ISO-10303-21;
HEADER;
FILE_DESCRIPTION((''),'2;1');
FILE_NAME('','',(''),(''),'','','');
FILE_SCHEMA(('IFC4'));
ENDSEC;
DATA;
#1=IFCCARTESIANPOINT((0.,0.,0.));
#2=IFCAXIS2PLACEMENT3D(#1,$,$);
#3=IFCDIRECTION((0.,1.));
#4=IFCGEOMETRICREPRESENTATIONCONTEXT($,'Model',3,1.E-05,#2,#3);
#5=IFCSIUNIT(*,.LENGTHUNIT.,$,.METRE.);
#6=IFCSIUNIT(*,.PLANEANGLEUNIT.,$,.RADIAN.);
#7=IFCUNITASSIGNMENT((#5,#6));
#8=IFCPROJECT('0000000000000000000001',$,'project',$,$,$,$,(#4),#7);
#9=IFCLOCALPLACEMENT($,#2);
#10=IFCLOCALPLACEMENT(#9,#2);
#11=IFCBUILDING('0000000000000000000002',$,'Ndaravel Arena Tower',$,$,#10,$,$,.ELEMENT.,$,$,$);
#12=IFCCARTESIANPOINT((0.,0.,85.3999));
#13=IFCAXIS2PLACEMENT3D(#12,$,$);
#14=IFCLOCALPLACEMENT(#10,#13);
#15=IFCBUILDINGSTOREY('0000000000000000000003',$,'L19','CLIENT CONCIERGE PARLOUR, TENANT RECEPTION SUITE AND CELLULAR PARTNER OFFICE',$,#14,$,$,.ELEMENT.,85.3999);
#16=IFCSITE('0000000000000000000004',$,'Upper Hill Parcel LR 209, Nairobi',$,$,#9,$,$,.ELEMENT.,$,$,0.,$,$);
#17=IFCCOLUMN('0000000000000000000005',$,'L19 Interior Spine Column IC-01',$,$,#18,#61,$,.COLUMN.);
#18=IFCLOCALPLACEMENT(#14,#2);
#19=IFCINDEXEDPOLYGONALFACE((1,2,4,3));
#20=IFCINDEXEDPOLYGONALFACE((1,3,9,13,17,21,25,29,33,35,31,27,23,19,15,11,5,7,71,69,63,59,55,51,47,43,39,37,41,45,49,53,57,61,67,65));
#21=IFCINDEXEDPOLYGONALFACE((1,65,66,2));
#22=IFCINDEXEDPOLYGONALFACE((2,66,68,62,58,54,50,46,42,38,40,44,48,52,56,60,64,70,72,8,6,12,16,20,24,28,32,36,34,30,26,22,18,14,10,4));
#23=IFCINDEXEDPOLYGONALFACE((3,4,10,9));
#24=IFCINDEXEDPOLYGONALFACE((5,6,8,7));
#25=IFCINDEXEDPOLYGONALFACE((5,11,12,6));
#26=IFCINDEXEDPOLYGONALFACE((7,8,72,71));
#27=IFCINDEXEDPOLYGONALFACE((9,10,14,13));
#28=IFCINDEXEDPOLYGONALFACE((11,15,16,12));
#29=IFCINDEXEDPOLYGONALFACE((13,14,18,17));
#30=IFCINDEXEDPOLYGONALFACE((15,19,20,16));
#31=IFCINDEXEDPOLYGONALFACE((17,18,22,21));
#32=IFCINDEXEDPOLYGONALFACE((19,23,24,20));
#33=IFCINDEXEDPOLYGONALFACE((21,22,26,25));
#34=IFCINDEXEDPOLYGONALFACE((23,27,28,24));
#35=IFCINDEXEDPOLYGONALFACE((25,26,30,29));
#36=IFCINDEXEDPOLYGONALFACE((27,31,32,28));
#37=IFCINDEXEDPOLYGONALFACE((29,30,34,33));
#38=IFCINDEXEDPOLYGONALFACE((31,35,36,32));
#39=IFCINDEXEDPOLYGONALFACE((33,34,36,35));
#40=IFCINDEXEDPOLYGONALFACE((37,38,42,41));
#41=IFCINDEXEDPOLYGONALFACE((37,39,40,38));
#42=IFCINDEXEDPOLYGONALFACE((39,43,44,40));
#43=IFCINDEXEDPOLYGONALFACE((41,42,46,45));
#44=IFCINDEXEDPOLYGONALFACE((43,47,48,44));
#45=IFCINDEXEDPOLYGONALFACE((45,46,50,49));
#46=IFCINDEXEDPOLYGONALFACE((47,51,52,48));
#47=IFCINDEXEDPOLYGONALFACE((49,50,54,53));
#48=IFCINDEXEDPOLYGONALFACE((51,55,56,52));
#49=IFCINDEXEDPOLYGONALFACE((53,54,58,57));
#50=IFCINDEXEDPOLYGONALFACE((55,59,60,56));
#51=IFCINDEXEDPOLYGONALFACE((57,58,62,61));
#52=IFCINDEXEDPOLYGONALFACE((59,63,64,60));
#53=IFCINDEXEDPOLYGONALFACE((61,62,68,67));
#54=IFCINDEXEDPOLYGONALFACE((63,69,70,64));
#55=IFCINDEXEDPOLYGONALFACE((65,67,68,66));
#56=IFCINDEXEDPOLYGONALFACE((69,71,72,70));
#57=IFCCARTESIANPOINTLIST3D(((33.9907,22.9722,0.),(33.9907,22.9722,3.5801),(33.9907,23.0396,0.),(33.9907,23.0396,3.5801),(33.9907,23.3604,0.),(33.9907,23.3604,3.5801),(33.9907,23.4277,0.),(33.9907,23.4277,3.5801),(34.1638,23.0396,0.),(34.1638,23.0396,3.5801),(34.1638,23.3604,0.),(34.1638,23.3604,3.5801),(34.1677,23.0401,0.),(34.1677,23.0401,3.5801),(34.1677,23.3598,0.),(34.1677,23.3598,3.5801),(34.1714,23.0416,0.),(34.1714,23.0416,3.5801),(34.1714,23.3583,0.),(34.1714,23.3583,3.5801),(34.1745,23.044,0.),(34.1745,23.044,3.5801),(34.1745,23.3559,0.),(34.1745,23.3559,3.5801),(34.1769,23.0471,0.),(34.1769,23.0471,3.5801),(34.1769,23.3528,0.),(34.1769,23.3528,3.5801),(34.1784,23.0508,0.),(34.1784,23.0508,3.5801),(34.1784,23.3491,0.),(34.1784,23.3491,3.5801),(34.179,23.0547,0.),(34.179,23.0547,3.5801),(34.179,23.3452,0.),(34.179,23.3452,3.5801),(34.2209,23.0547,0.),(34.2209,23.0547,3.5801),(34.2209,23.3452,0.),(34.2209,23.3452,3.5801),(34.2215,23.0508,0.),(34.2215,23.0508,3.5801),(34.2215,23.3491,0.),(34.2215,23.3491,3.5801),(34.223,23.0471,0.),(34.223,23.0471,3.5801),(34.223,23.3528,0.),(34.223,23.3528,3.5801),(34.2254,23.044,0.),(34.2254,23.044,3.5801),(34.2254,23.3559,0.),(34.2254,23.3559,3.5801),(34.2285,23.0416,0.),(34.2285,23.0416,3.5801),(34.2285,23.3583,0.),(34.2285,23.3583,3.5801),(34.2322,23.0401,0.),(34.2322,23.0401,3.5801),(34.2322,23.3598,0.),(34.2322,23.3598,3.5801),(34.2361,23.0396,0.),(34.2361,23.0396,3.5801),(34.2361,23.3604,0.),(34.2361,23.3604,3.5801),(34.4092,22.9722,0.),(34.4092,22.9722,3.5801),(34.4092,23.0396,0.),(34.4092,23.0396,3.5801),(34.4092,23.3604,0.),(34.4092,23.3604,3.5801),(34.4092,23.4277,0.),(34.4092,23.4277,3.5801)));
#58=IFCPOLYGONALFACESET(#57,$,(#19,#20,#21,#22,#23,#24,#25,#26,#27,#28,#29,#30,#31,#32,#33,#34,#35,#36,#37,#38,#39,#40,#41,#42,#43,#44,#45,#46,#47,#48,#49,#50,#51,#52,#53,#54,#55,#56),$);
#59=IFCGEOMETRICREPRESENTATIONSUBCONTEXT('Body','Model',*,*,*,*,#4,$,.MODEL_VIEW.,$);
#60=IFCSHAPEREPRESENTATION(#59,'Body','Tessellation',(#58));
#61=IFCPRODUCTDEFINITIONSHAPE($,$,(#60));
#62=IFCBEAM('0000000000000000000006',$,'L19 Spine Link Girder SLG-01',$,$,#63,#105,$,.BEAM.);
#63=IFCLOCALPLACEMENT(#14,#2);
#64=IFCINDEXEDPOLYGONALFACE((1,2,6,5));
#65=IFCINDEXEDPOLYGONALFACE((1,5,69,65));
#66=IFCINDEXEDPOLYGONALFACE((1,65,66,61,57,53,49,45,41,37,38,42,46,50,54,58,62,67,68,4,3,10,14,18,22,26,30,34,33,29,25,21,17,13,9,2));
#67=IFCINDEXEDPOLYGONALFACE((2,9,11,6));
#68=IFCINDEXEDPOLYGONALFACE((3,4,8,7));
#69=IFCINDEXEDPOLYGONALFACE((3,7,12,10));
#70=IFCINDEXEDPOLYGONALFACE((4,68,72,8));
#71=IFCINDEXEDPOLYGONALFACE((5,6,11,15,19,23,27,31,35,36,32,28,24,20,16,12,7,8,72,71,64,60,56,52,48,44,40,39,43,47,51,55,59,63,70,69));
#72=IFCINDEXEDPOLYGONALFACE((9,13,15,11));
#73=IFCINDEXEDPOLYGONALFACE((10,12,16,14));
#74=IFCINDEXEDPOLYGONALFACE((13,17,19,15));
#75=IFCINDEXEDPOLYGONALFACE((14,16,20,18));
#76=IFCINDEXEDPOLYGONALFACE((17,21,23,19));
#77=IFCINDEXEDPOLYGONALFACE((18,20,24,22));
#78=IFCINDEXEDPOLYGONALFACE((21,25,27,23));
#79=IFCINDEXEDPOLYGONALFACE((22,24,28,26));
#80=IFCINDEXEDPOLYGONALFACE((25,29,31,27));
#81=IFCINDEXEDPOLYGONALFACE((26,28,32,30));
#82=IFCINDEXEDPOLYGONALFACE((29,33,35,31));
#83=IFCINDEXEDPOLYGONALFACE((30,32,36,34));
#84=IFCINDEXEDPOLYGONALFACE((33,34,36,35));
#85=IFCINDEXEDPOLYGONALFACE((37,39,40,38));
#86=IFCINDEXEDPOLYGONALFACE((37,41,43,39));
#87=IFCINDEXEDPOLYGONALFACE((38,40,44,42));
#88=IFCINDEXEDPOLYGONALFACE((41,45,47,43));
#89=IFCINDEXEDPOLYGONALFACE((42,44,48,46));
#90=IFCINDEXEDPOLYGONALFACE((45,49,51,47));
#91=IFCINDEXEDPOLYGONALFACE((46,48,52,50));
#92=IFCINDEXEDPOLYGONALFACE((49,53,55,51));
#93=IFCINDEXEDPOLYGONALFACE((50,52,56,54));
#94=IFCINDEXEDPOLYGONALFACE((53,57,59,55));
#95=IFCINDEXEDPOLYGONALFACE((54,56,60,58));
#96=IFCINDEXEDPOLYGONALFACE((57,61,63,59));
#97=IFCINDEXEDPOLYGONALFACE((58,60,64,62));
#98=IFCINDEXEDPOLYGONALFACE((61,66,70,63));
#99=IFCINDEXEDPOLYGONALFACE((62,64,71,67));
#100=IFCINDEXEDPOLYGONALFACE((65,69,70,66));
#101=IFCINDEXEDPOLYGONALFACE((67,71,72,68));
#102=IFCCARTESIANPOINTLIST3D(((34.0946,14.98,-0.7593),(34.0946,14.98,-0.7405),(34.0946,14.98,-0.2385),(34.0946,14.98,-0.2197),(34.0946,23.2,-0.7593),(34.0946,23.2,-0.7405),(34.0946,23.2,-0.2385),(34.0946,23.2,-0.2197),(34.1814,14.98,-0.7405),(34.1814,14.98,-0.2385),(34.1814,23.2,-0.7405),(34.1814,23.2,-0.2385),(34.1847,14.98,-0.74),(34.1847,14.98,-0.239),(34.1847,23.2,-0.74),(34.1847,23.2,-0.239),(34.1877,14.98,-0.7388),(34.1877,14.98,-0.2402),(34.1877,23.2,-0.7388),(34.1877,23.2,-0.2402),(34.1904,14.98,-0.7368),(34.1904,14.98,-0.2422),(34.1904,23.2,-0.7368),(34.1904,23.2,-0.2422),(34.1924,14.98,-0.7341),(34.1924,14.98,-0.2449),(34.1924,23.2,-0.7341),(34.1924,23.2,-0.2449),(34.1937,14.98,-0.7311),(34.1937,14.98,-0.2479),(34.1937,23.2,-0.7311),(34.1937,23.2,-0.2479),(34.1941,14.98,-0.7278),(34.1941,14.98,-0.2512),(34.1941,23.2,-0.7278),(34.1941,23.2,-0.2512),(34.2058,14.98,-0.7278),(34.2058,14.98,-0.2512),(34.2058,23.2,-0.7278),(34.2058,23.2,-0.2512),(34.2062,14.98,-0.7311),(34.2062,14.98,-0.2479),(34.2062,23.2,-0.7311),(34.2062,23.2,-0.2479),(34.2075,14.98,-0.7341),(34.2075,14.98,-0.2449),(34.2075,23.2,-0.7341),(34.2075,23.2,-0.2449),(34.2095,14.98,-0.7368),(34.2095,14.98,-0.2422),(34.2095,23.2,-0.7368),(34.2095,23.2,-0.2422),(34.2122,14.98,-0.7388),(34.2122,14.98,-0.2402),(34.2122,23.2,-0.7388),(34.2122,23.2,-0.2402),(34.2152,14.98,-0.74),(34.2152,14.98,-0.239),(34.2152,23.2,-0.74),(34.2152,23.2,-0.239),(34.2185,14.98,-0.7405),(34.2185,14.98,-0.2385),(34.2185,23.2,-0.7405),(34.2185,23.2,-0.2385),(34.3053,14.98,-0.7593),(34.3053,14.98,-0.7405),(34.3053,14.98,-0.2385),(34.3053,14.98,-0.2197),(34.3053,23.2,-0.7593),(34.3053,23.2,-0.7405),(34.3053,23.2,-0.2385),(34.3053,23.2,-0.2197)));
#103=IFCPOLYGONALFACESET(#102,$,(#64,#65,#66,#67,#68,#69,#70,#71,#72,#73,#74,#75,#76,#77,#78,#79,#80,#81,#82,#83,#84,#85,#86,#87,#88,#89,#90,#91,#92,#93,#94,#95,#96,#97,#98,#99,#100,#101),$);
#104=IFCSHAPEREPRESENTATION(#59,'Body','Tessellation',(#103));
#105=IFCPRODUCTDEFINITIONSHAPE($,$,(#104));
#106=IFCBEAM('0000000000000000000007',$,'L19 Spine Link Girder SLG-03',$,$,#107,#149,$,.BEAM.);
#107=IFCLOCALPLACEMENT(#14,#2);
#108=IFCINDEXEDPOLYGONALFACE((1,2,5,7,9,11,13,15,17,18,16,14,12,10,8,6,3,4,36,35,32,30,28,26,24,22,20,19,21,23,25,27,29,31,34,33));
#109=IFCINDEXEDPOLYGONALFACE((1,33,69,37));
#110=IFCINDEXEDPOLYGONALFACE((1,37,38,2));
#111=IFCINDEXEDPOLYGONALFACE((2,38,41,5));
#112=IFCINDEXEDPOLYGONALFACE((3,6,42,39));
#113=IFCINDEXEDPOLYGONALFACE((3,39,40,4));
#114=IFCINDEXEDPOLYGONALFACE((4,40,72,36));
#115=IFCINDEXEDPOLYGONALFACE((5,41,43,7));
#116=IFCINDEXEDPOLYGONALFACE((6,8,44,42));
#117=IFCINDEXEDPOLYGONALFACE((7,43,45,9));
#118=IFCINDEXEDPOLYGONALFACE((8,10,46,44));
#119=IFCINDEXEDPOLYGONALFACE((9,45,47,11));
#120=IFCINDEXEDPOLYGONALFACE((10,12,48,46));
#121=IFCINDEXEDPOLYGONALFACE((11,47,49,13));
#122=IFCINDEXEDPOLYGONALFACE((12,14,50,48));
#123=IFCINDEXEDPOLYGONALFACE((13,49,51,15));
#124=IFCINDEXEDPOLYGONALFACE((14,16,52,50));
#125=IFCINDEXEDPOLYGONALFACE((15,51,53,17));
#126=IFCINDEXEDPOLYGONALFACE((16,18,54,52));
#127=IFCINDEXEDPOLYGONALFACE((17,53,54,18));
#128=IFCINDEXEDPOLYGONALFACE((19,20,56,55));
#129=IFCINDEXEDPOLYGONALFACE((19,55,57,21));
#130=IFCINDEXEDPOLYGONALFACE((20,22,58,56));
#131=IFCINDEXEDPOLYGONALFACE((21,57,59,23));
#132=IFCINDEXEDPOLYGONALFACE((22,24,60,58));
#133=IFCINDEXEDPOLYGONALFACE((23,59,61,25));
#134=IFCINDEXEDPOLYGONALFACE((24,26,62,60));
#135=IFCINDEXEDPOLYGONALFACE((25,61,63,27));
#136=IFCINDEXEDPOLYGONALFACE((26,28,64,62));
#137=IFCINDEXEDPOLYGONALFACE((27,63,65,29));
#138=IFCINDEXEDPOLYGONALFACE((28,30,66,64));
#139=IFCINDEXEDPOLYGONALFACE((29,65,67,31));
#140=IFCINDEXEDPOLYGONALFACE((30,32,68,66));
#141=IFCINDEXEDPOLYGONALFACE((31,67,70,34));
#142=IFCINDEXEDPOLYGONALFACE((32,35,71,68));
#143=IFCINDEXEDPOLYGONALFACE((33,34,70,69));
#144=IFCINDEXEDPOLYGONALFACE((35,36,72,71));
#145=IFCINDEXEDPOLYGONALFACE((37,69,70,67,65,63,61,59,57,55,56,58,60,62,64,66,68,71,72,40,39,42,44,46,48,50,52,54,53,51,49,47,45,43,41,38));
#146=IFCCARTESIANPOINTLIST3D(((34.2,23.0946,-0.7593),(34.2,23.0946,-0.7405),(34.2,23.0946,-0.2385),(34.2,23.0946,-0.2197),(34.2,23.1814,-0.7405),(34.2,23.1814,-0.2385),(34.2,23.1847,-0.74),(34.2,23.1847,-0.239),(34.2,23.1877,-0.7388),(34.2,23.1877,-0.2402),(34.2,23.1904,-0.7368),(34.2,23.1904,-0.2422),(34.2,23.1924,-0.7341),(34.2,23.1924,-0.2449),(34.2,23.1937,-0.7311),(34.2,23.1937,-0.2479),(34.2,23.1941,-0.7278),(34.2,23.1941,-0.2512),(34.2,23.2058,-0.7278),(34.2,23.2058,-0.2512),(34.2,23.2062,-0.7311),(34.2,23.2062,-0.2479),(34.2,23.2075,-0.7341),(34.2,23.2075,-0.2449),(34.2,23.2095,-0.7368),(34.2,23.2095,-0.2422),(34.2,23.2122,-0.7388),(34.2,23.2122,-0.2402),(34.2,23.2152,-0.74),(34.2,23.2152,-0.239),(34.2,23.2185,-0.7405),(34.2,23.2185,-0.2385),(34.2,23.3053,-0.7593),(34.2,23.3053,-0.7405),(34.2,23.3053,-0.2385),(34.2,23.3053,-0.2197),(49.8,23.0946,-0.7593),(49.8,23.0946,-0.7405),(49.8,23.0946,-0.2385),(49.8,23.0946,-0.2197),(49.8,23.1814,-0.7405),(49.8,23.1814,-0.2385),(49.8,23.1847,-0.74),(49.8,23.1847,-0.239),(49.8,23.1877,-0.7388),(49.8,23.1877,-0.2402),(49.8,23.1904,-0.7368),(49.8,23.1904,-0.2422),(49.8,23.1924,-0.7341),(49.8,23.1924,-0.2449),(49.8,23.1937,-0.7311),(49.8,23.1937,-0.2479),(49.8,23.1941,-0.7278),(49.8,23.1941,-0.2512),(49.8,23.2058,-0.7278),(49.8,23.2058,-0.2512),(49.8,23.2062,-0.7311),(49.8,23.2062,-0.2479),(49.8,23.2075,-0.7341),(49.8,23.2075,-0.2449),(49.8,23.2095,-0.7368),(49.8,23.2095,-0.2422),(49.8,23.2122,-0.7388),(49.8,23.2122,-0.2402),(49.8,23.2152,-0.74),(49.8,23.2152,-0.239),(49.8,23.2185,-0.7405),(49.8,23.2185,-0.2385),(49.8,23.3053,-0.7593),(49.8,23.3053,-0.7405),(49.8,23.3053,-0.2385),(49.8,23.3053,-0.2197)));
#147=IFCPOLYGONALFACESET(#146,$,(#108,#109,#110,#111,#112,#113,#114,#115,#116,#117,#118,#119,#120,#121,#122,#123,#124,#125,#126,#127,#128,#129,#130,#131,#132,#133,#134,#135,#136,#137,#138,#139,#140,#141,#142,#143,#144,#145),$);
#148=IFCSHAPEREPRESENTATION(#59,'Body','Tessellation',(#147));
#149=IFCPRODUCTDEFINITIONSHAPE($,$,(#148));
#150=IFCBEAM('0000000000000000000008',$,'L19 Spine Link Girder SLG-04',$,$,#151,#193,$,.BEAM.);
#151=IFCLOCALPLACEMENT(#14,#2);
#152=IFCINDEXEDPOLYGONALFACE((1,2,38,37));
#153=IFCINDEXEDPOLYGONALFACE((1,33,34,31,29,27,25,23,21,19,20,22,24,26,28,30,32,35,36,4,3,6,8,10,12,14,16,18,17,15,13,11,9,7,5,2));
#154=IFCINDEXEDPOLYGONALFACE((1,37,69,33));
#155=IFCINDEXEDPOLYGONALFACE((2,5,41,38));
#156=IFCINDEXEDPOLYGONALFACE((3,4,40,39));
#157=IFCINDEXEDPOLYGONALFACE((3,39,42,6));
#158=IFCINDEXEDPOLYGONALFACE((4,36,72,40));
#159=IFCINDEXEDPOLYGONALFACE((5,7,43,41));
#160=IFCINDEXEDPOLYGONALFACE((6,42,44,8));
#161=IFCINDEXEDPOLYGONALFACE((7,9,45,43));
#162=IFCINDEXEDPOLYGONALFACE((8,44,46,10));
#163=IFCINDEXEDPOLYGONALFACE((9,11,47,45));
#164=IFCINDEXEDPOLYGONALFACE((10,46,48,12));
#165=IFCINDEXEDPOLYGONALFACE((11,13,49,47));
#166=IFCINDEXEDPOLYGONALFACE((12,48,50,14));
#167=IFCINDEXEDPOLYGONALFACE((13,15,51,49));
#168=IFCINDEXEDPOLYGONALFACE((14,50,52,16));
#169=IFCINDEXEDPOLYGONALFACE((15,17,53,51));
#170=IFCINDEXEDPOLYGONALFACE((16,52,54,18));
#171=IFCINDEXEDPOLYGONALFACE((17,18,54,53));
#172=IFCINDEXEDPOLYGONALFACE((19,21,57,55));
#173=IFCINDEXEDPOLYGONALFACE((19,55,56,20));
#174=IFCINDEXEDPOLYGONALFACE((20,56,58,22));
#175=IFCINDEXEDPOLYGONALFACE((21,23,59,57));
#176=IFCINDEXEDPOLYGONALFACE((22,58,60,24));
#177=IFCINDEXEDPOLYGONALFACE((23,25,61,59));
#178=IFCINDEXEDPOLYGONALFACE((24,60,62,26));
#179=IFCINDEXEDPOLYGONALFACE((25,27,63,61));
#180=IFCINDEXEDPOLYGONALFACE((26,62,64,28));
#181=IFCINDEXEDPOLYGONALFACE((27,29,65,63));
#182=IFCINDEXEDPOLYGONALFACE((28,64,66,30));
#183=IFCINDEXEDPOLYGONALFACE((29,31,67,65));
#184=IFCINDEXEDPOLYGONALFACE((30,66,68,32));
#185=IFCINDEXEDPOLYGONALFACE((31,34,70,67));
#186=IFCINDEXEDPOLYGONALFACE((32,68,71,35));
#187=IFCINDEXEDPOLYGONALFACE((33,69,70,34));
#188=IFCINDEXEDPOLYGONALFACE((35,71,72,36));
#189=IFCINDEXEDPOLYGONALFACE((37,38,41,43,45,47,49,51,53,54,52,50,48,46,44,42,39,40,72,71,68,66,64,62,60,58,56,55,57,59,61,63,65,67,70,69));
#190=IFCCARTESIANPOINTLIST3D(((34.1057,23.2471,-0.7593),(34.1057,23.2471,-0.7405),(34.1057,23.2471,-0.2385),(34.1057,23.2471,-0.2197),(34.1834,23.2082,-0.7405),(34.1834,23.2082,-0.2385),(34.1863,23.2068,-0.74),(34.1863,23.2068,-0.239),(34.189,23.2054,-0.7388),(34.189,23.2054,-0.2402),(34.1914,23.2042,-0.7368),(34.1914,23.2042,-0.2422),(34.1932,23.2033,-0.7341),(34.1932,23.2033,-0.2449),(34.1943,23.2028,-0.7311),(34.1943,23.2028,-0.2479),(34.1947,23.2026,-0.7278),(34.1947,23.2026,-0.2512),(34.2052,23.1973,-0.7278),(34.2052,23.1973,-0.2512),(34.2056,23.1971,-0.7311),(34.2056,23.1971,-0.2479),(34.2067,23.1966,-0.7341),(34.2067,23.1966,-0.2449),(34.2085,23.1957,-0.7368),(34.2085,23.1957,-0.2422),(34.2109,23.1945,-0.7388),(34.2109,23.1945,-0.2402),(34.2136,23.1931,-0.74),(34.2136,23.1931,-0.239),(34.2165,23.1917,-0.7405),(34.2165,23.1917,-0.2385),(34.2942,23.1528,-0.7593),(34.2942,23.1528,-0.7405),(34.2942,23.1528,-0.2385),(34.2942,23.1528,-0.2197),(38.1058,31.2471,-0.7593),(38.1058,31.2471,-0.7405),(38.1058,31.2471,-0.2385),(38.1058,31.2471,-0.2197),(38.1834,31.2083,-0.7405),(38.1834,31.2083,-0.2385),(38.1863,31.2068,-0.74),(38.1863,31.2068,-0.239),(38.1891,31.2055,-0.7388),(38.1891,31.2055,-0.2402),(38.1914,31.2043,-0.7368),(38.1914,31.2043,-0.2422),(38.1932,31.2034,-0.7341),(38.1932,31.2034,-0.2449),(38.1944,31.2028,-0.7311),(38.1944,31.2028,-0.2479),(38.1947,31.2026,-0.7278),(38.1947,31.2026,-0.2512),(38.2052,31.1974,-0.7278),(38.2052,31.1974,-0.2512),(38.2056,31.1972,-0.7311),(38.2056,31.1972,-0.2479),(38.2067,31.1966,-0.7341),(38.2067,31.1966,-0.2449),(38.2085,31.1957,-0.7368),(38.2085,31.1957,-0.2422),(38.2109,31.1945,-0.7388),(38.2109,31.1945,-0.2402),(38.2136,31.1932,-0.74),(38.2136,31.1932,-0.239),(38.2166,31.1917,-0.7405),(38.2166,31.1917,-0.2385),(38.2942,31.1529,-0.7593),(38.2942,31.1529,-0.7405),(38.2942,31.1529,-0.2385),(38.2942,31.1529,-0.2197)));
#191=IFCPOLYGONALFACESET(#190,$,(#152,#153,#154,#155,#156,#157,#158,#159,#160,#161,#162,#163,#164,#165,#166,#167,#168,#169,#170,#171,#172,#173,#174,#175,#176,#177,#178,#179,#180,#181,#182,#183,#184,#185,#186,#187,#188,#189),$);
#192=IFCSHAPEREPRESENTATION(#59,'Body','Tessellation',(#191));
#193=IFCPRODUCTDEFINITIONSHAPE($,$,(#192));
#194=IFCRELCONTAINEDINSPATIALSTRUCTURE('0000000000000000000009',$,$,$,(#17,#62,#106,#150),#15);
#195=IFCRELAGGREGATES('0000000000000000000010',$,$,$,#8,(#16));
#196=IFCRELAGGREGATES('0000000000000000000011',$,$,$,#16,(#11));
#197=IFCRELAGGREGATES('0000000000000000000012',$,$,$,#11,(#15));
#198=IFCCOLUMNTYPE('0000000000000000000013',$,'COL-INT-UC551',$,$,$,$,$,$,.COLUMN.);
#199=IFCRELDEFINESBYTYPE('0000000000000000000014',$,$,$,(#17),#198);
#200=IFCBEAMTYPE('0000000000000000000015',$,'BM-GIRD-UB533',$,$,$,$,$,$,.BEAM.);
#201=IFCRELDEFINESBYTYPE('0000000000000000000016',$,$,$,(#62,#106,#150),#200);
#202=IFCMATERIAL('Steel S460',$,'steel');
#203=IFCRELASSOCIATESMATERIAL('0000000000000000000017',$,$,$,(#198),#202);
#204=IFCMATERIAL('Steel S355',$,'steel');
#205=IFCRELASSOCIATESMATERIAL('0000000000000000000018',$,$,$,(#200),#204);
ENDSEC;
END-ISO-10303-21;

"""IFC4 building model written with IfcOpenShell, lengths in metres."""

from ifc_helpers import new_model, si_unit, direction, frame, origin, origin_2d, place, context, subcontext, project, spatial, i_section, extrude, material, material_profile, profile_set, type_object, element, save


model = new_model("IFC4")

# Units and contexts
model_context = context("Model", 3, precision=1e-05, world=origin(), true_north=direction((0.0, 1.0)))
body_context = subcontext(model_context, "Body", "Model", "MODEL_VIEW")
ifc_project = project(units=[si_unit("LENGTHUNIT", "METRE"), si_unit("PLANEANGLEUNIT", "RADIAN")], contexts=[model_context])

# Site, building, storey
site_placement = place(None, origin())
site = spatial("IfcSite", under=ifc_project, at=site_placement, Name="Upper Hill Parcel LR 209, Nairobi", CompositionType="ELEMENT", RefElevation=0.0)
building_placement = place(site_placement, origin())
building = spatial("IfcBuilding", under=site, at=building_placement, Name="Ndaravel Arena Tower", CompositionType="ELEMENT")
storey_placement = place(building_placement, frame((0.0, 0.0, 85.3999)))
storey = spatial("IfcBuildingStorey", under=building, at=storey_placement, Name="L19", Description="CLIENT CONCIERGE PARLOUR, TENANT RECEPTION SUITE AND CELLULAR PARTNER OFFICE", CompositionType="ELEMENT", Elevation=85.3999)

# Column
ifc_material_1 = material(Name="Steel S460", Category="steel")
ifc_material_profile_1 = material_profile(ifc_material_1, i_section(OverallWidth=0.4185, OverallDepth=0.4556, WebThickness=0.042, FlangeThickness=0.0674, FilletRadius=0.0151, at=origin_2d()), Name="UC 356x406x551")
ifc_profile_set_1 = profile_set([ifc_material_profile_1], Name="Steel S460")
column_type = type_object("IfcColumnType", Name="COL-INT-UC551", PredefinedType="COLUMN", material=ifc_profile_set_1)
column_placement = place(storey_placement, frame((34.2, 23.2, 0.0), z_axis=(0.0, 0.0, 1.0), x_axis=(1.0, 0.0, 0.0)))
element("IfcColumn", 1, at=column_placement, inside=storey, type_object=column_type, Name="L19 Interior Spine Column IC-01", PredefinedType="COLUMN", context=body_context, shape_type="SweptSolid", body=[
    extrude(i_section(OverallWidth=0.4185, OverallDepth=0.4556, WebThickness=0.042, FlangeThickness=0.0674, FilletRadius=0.0151, at=origin_2d()), origin(), (0.0, 0.0, 1.0), 3.5801),
])

# Beams
ifc_material_2 = material(Name="Steel S355", Category="steel")
ifc_material_profile_2 = material_profile(ifc_material_2, i_section(OverallWidth=0.2107, OverallDepth=0.5396, WebThickness=0.0117, FlangeThickness=0.0188, FilletRadius=0.0127, at=origin_2d()), Name="UB 533x210x109")
ifc_profile_set_2 = profile_set([ifc_material_profile_2], Name="Steel S355")
beam_type = type_object("IfcBeamType", Name="BM-GIRD-UB533", PredefinedType="BEAM", material=ifc_profile_set_2)
beam_1_placement = place(storey_placement, frame((34.2, 14.98, -0.4895), z_axis=(0.0, 1.0, 0.0), x_axis=(-1.0, 0.0, 0.0)))
element("IfcBeam", 2, at=beam_1_placement, inside=storey, type_object=beam_type, Name="L19 Spine Link Girder SLG-01", PredefinedType="BEAM", context=body_context, shape_type="SweptSolid", body=[
    extrude(i_section(OverallWidth=0.2107, OverallDepth=0.5396, WebThickness=0.0117, FlangeThickness=0.0188, FilletRadius=0.0127, at=origin_2d()), origin(), (0.0, 0.0, 1.0), 8.22),
])
beam_2_placement = place(storey_placement, frame((34.2, 23.2, -0.4895), z_axis=(1.0, 0.0, 0.0), x_axis=(0.0, 1.0, 0.0)))
element("IfcBeam", 3, at=beam_2_placement, inside=storey, type_object=beam_type, Name="L19 Spine Link Girder SLG-03", PredefinedType="BEAM", context=body_context, shape_type="SweptSolid", body=[
    extrude(i_section(OverallWidth=0.2107, OverallDepth=0.5396, WebThickness=0.0117, FlangeThickness=0.0188, FilletRadius=0.0127, at=origin_2d()), origin(), (0.0, 0.0, 1.0), 15.6001),
])
beam_3_placement = place(storey_placement, frame((34.2, 23.2, -0.4895), z_axis=(0.447214, 0.894427, 0.0), x_axis=(-0.894427, 0.447214, 0.0)))
element("IfcBeam", 4, at=beam_3_placement, inside=storey, type_object=beam_type, Name="L19 Spine Link Girder SLG-04", PredefinedType="BEAM", context=body_context, shape_type="SweptSolid", body=[
    extrude(i_section(OverallWidth=0.2107, OverallDepth=0.5396, WebThickness=0.0117, FlangeThickness=0.0188, FilletRadius=0.0127, at=origin_2d()), origin(), (0.0, 0.0, 1.0), 8.9443),
])

save(model, "model.ifc")
